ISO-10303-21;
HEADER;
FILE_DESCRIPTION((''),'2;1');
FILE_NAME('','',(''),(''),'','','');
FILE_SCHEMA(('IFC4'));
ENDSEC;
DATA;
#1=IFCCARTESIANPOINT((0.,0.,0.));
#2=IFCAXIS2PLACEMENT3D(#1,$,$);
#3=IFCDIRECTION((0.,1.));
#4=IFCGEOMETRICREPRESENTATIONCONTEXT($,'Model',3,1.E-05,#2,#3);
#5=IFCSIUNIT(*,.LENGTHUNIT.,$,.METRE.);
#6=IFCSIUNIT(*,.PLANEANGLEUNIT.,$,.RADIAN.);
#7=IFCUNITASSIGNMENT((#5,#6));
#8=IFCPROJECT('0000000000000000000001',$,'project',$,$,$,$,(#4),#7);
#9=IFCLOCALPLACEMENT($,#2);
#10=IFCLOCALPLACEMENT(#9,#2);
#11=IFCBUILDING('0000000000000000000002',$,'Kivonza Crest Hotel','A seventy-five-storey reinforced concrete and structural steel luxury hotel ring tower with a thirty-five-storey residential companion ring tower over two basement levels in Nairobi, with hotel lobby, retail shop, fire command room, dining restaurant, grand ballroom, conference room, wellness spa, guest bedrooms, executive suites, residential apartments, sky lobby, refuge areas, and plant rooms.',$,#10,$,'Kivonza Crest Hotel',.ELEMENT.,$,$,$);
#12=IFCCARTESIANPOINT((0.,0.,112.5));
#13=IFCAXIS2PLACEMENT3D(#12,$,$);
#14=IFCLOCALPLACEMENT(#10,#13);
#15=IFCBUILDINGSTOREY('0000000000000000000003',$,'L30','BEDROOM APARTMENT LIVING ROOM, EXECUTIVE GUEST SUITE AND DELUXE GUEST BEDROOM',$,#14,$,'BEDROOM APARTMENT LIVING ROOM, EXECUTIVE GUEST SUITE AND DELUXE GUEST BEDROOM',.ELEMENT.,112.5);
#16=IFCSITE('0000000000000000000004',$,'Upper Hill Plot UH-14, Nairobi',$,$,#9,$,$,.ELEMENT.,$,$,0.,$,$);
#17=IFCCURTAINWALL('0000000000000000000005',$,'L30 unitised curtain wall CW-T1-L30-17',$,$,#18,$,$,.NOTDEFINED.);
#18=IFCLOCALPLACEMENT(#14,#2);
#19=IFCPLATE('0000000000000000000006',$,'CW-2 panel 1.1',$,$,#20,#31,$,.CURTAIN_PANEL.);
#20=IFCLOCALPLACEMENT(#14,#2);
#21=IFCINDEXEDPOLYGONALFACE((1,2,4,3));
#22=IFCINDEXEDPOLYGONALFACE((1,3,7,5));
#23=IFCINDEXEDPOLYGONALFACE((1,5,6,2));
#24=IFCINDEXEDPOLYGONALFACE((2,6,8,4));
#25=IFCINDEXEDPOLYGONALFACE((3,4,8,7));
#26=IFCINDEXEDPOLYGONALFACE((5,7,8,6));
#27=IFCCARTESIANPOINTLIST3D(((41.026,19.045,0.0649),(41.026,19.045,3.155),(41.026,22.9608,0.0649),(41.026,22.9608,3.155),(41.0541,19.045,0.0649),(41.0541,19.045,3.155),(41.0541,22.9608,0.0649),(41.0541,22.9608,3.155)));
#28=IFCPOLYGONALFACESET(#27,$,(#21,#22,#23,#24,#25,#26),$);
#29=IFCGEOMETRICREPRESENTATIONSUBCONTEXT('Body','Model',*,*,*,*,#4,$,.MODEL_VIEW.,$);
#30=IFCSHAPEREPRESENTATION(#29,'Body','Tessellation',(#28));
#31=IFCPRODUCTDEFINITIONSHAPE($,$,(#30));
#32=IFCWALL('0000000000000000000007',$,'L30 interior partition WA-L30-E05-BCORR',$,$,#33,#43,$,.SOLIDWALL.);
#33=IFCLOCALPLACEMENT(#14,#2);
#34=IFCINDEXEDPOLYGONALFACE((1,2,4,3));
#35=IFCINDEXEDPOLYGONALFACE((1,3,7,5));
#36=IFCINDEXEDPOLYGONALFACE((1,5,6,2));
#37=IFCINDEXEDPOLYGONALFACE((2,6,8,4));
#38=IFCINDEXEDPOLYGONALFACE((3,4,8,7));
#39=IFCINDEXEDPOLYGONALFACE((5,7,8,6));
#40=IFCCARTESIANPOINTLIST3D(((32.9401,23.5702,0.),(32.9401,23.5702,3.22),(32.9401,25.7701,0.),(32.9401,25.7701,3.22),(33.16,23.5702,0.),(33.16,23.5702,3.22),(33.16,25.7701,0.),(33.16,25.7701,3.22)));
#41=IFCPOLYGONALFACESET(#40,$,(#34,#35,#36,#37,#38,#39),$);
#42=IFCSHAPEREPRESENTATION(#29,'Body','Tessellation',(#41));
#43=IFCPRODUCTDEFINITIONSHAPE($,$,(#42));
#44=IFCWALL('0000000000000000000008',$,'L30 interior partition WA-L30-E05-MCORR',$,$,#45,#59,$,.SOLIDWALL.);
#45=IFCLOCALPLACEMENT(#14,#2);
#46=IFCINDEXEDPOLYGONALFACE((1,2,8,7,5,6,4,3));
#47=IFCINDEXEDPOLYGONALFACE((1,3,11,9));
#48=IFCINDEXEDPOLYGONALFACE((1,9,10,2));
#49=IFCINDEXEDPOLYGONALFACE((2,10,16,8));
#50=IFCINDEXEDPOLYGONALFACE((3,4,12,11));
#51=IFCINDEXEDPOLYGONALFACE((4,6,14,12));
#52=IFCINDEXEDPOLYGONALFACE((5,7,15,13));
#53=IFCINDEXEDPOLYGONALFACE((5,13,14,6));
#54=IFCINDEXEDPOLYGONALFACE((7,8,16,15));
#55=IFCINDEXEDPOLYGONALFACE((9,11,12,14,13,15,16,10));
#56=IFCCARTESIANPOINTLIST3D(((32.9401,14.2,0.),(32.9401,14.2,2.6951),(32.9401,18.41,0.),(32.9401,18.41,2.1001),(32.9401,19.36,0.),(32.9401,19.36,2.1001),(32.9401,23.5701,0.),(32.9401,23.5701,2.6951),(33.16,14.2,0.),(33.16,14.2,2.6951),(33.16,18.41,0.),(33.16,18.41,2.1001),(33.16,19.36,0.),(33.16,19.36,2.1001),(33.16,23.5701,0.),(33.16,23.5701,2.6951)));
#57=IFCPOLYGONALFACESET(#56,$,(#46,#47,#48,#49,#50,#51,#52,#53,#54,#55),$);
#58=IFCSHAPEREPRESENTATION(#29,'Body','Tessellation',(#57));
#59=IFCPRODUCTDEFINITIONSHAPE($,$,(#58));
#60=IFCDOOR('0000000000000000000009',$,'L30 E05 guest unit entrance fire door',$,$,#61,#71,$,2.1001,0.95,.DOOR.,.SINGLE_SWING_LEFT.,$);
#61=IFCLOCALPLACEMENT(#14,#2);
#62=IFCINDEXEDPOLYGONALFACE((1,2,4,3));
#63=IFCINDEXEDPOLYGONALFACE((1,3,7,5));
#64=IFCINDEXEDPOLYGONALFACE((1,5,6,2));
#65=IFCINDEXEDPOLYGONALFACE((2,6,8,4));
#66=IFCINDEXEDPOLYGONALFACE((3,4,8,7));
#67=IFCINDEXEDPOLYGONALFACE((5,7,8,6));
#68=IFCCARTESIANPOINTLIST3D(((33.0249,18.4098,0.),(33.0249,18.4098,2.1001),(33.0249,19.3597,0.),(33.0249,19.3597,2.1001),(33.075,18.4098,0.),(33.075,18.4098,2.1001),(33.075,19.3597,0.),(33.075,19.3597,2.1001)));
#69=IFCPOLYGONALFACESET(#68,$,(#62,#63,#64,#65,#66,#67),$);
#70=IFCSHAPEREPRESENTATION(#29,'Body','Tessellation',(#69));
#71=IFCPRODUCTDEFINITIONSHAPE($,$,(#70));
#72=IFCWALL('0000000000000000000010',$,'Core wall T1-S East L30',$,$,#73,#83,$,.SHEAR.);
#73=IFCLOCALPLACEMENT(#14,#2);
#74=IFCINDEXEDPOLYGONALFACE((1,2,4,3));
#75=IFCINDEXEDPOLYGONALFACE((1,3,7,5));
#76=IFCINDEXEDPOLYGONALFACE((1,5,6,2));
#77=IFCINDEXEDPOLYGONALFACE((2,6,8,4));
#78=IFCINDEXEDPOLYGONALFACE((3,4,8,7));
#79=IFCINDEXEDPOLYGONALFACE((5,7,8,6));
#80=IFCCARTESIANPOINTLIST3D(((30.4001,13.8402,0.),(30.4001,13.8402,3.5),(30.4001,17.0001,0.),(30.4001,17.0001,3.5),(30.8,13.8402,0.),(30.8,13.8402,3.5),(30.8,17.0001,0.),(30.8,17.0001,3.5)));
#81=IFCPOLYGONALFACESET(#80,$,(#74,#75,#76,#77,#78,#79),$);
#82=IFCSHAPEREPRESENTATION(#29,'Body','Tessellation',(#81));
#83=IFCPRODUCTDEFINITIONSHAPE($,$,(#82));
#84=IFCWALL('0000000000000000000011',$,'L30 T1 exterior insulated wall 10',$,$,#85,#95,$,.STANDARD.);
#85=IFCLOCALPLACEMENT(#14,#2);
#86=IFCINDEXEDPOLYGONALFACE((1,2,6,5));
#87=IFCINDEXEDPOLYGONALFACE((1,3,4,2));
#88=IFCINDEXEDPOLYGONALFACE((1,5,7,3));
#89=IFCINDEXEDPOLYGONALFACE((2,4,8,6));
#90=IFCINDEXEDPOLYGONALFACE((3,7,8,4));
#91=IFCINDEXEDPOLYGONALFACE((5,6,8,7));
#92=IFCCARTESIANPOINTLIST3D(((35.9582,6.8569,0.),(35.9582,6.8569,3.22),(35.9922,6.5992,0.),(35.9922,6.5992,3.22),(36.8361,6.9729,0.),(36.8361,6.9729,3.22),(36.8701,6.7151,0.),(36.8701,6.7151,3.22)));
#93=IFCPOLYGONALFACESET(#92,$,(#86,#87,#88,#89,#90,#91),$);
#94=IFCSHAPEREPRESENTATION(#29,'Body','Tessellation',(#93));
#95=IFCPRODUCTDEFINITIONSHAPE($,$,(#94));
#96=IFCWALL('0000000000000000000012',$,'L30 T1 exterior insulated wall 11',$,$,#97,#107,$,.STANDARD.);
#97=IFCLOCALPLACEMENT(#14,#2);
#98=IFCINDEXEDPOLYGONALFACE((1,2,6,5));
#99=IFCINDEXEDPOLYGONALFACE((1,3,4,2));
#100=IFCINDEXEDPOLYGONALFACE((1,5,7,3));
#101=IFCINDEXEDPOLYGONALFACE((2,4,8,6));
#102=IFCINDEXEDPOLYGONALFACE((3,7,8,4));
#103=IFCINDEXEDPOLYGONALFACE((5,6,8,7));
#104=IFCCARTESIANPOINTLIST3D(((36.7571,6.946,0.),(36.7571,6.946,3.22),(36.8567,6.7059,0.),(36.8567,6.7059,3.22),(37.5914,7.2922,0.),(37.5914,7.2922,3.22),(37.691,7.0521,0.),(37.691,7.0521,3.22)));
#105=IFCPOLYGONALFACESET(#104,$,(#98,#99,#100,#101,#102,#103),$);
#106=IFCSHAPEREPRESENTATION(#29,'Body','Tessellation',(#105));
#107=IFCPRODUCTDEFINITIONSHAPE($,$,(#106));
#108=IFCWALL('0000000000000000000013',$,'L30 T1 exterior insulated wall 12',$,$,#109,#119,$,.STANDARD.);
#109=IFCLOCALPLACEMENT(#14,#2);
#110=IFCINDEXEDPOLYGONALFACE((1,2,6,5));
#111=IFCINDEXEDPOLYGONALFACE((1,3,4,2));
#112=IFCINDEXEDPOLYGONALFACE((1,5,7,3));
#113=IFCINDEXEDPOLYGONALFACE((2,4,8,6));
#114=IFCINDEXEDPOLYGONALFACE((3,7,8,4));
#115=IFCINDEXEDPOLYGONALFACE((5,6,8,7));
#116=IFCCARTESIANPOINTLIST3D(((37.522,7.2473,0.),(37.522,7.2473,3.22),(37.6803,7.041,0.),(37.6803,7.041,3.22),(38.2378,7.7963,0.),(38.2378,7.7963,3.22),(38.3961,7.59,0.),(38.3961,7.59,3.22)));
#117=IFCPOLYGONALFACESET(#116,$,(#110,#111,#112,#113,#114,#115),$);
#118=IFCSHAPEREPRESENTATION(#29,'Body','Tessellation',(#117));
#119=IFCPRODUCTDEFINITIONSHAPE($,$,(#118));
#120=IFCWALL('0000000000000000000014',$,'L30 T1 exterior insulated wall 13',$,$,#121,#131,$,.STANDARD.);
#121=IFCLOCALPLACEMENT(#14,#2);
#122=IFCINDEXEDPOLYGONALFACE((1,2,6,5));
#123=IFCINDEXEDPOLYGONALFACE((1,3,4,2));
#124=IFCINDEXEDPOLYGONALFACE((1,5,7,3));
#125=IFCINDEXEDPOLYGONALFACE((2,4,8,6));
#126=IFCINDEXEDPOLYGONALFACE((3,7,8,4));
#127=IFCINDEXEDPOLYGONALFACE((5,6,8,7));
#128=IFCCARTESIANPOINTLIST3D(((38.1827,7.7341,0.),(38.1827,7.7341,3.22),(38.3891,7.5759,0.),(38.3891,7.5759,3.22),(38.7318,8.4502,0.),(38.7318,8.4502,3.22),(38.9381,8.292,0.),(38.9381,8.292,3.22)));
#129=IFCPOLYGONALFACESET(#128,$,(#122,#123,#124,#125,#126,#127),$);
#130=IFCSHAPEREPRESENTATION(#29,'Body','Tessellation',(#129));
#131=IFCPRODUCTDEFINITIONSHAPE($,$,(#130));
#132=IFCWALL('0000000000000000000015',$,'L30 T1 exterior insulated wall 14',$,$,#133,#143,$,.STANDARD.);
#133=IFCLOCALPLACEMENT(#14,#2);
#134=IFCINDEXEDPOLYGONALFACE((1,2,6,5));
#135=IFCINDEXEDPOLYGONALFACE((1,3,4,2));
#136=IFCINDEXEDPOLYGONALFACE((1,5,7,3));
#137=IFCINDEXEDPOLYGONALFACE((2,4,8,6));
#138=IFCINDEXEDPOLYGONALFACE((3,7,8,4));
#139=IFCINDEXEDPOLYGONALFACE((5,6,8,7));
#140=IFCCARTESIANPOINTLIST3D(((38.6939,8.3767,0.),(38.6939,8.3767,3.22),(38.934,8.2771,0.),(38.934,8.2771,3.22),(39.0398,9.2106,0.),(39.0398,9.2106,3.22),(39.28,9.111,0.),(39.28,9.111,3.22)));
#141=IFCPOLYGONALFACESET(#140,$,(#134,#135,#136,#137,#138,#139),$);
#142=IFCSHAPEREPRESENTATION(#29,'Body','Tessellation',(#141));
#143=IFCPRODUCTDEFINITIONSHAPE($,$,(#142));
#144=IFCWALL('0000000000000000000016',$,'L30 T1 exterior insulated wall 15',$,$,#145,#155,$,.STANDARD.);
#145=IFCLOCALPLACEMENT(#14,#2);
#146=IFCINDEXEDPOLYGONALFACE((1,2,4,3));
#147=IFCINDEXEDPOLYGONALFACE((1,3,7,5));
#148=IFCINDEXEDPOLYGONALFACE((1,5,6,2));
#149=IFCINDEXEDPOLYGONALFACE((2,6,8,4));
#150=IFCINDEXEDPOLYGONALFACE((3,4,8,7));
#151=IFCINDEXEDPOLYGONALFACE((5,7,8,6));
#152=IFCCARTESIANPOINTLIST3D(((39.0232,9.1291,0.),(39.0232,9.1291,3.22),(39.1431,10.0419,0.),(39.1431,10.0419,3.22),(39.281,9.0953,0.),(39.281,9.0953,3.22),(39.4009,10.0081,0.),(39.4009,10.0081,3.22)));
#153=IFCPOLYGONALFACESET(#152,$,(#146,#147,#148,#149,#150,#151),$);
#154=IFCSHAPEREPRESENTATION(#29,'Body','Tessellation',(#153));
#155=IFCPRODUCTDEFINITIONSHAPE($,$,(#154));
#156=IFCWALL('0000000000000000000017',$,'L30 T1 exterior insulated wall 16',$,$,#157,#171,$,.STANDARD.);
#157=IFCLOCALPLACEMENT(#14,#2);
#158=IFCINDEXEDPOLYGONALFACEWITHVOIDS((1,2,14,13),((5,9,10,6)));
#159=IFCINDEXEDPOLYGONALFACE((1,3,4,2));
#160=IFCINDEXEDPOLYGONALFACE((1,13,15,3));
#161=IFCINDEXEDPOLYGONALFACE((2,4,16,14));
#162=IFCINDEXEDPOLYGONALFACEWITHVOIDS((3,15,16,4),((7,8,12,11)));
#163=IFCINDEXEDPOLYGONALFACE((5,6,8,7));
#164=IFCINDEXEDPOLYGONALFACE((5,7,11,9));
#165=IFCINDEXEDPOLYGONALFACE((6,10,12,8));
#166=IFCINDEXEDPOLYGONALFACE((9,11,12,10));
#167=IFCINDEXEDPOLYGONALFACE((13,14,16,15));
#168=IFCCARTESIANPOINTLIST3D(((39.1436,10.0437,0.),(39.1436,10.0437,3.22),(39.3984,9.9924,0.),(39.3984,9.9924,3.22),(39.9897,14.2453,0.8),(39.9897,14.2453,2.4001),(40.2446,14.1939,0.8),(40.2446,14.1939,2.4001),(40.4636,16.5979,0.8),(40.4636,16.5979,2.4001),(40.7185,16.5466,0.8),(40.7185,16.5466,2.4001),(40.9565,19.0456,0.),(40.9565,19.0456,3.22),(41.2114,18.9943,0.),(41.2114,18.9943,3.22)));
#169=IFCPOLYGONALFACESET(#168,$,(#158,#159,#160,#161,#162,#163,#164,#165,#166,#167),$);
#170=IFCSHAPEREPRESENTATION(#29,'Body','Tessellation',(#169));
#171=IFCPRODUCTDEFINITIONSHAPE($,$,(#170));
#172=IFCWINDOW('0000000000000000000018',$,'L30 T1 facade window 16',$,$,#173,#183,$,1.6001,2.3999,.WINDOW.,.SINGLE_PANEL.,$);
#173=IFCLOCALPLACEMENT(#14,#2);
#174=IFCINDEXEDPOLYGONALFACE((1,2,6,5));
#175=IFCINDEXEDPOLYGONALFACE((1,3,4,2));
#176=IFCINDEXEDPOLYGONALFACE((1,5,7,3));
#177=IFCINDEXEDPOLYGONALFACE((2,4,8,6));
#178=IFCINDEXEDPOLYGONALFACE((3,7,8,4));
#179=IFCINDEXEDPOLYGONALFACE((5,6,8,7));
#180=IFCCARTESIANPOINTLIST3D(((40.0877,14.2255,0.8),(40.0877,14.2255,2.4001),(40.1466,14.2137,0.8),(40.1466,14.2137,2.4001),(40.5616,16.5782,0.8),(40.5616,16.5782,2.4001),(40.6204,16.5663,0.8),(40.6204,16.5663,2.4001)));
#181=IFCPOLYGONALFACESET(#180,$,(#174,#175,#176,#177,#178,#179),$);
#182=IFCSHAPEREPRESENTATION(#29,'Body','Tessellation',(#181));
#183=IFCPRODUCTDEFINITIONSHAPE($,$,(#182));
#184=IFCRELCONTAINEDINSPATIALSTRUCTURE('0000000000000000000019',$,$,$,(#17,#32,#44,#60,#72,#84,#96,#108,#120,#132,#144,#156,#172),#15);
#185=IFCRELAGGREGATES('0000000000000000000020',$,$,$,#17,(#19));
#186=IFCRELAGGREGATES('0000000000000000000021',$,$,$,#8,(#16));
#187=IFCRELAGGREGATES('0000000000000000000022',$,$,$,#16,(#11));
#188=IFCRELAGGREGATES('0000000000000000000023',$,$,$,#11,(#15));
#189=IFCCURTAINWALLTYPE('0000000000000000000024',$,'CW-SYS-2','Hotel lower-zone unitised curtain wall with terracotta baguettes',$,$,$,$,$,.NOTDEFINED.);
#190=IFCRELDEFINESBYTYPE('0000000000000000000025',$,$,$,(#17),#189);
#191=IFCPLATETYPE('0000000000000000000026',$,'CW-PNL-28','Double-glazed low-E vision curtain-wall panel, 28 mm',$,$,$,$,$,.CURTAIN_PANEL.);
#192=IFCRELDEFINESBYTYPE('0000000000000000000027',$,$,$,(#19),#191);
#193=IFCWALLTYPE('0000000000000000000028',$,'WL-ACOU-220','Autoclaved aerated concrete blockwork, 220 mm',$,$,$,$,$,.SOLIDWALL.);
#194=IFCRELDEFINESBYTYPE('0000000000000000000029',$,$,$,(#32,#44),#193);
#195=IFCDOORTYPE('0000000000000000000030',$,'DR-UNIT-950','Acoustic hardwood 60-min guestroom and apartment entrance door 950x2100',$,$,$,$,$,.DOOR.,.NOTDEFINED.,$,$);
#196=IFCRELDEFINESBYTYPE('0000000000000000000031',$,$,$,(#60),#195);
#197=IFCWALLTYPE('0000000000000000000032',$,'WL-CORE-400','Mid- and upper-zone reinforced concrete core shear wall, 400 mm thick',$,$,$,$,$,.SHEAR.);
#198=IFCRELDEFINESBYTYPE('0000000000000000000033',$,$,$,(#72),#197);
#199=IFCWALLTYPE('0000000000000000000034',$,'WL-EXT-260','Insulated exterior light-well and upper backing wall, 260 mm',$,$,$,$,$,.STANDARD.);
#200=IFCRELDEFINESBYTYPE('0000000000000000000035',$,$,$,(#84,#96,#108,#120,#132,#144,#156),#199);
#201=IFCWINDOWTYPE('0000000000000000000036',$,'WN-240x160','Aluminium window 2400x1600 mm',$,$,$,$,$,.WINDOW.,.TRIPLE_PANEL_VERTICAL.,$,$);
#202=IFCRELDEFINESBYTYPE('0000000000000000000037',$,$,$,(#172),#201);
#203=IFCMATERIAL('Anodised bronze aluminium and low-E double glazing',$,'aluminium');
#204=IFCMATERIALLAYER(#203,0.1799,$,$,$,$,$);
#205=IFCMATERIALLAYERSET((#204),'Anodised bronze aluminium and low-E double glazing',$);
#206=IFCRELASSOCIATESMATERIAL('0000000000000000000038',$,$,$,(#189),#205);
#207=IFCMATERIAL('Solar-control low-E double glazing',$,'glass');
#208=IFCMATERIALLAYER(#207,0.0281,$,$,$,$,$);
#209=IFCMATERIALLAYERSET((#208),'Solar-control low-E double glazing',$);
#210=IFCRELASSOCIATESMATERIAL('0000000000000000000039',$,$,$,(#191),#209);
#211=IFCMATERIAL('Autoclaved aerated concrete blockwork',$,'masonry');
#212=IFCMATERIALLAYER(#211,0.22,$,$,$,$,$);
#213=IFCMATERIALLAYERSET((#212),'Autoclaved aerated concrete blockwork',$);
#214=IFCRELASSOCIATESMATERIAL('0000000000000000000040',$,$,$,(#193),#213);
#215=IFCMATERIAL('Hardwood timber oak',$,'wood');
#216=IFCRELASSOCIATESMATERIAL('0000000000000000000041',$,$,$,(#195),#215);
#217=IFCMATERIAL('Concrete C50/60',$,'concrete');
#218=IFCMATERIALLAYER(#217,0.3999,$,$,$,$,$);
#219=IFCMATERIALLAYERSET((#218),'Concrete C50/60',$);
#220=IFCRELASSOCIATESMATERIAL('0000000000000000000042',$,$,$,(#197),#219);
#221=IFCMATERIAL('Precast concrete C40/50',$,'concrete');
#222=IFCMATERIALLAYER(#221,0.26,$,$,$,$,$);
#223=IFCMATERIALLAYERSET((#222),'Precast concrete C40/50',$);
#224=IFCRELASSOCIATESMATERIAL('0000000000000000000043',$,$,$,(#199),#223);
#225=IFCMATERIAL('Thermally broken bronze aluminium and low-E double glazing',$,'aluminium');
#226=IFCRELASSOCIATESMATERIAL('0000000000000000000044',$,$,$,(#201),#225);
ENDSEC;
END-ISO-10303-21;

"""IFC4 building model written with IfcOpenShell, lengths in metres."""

from ifc_helpers import new_model, si_unit, direction, frame, frame_2d, origin, origin_2d, place, context, subcontext, project, spatial, rectangle, extrude, material, layer, layer_set, type_object, element, fill, aggregate, save


model = new_model("IFC4")

# Units and contexts
model_context = context("Model", 3, precision=1e-05, world=origin(), true_north=direction((0.0, 1.0)))
body_context = subcontext(model_context, "Body", "Model", "MODEL_VIEW")
ifc_project = project(units=[si_unit("LENGTHUNIT", "METRE"), si_unit("PLANEANGLEUNIT", "RADIAN")], contexts=[model_context])

# Site, building, storey
site_placement = place(None, origin())
site = spatial("IfcSite", under=ifc_project, at=site_placement, Name="Upper Hill Plot UH-14, Nairobi", CompositionType="ELEMENT", RefElevation=0.0)
building_placement = place(site_placement, origin())
building = spatial("IfcBuilding", under=site, at=building_placement, Name="Kivonza Crest Hotel", Description="A seventy-five-storey reinforced concrete and structural steel luxury hotel ring tower with a thirty-five-storey residential companion ring tower over two basement levels in Nairobi, with hotel lobby, retail shop, fire command room, dining restaurant, grand ballroom, conference room, wellness spa, guest bedrooms, executive suites, residential apartments, sky lobby, refuge areas, and plant rooms.", LongName="Kivonza Crest Hotel", CompositionType="ELEMENT")
storey_placement = place(building_placement, frame((0.0, 0.0, 112.5)))
storey = spatial("IfcBuildingStorey", under=building, at=storey_placement, Name="L30", Description="BEDROOM APARTMENT LIVING ROOM, EXECUTIVE GUEST SUITE AND DELUXE GUEST BEDROOM", LongName="BEDROOM APARTMENT LIVING ROOM, EXECUTIVE GUEST SUITE AND DELUXE GUEST BEDROOM", CompositionType="ELEMENT", Elevation=112.5)

# Shared definitions
ifc_material_1 = material(Name="Concrete C50/60", Category="concrete")

# Curtain wall
ifc_material_2 = material(Name="Anodised bronze aluminium and low-E double glazing", Category="aluminium")
ifc_layer_1 = layer(ifc_material_2, 0.1799)
ifc_layer_set_1 = layer_set([ifc_layer_1], Name="Anodised bronze aluminium and low-E double glazing")
curtain_wall_type_1 = type_object("IfcCurtainWallType", Name="CW-SYS-2", Description="Hotel lower-zone unitised curtain wall with terracotta baguettes", PredefinedType="NOTDEFINED", material=ifc_layer_set_1)
curtain_wall_1_placement = place(storey_placement, origin())
curtain_wall_1 = element("IfcCurtainWall", 1, at=curtain_wall_1_placement, inside=storey, type_object=curtain_wall_type_1, Name="L30 unitised curtain wall CW-T1-L30-17", PredefinedType="NOTDEFINED")

# Plate
ifc_material_3 = material(Name="Solar-control low-E double glazing", Category="glass")
ifc_layer_2 = layer(ifc_material_3, 0.0281)
ifc_layer_set_2 = layer_set([ifc_layer_2], Name="Solar-control low-E double glazing")
plate_type = type_object("IfcPlateType", Name="CW-PNL-28", Description="Double-glazed low-E vision curtain-wall panel, 28 mm", PredefinedType="CURTAIN_PANEL", material=ifc_layer_set_2)
plate_placement = place(storey_placement, frame((41.04, 21.0029, 0.0649), z_axis=(0.0, 0.0, 1.0), x_axis=(0.0, 1.0, 0.0)))
plate = element("IfcPlate", 2, at=plate_placement, type_object=plate_type, Name="CW-2 panel 1.1", PredefinedType="CURTAIN_PANEL", context=body_context, shape_type="SweptSolid", body=[
    extrude(rectangle(XDim=3.9158, YDim=0.0281, at=origin_2d()), origin(), (0.0, 0.0, 1.0), 3.0901),
])
aggregate(curtain_wall_1, [plate])

# Wall
ifc_material_4 = material(Name="Autoclaved aerated concrete blockwork", Category="masonry")
ifc_layer_3 = layer(ifc_material_4, 0.22)
ifc_layer_set_3 = layer_set([ifc_layer_3], Name="Autoclaved aerated concrete blockwork")
wall_type_1 = type_object("IfcWallType", Name="WL-ACOU-220", Description="Autoclaved aerated concrete blockwork, 220 mm", PredefinedType="SOLIDWALL", material=ifc_layer_set_3)
wall_1_placement = place(storey_placement, frame((33.05, 23.5701, 0.0), z_axis=(0.0, 0.0, 1.0), x_axis=(0.0, 1.0, 0.0)))
element("IfcWall", 3, at=wall_1_placement, inside=storey, type_object=wall_type_1, Name="L30 interior partition WA-L30-E05-BCORR", PredefinedType="SOLIDWALL", context=body_context, shape_type="SweptSolid", body=[
    extrude(rectangle(XDim=2.2, YDim=0.22, at=frame_2d((1.1001, 0.0))), origin(), (0.0, 0.0, 1.0), 3.22),
])

# Wall, opening, door
wall_2_placement = place(storey_placement, frame((33.05, 14.2, 0.0), z_axis=(0.0, 0.0, 1.0), x_axis=(0.0, 1.0, 0.0)))
wall_2 = element("IfcWall", 4, at=wall_2_placement, inside=storey, type_object=wall_type_1, Name="L30 interior partition WA-L30-E05-MCORR", PredefinedType="SOLIDWALL", context=body_context, shape_type="SweptSolid", body=[
    extrude(rectangle(XDim=9.3701, YDim=0.22, at=frame_2d((4.6851, 0.0))), origin(), (0.0, 0.0, 1.0), 2.6951),
])
opening_1_placement = place(wall_2_placement, frame((4.21, 0.0, 0.0)))
opening_1 = element("IfcOpeningElement", 5, at=opening_1_placement, cuts=wall_2, PredefinedType="OPENING", context=body_context, shape_type="SweptSolid", body=[
    extrude(rectangle(XDim=0.95, YDim=2.1001, at=frame_2d((0.4751, 1.05))), frame((0.0, 0.1201, 0.0), z_axis=(0.0, -1.0, 0.0), x_axis=(1.0, 0.0, 0.0)), (0.0, 0.0, 1.0), 0.24),
])
ifc_material_5 = material(Name="Hardwood timber oak", Category="wood")
door_type_1 = type_object("IfcDoorType", Name="DR-UNIT-950", Description="Acoustic hardwood 60-min guestroom and apartment entrance door 950x2100", OperationType="NOTDEFINED", PredefinedType="DOOR", material=ifc_material_5)
door_1_placement = place(opening_1_placement, frame((0.95, 0.0, 0.0), z_axis=(0.0, 0.0, 1.0), x_axis=(-1.0, 0.0, 0.0)))
door_1 = element("IfcDoor", 6, at=door_1_placement, inside=storey, type_object=door_type_1, Name="L30 E05 guest unit entrance fire door", OperationType="SINGLE_SWING_LEFT", OverallHeight=2.1001, OverallWidth=0.95, PredefinedType="DOOR", context=body_context, shape_type="SweptSolid", body=[
    extrude(rectangle(XDim=0.95, YDim=2.1001, at=frame_2d((0.4751, 1.05))), frame((0.0, 0.0249, 0.0), z_axis=(0.0, -1.0, 0.0), x_axis=(1.0, 0.0, 0.0)), (0.0, 0.0, 1.0), 0.05),
])
fill(opening_1, door_1)

# Walls
ifc_layer_4 = layer(ifc_material_1, 0.3999)
ifc_layer_set_4 = layer_set([ifc_layer_4], Name="Concrete C50/60")
wall_type_2 = type_object("IfcWallType", Name="WL-CORE-400", Description="Mid- and upper-zone reinforced concrete core shear wall, 400 mm thick", PredefinedType="SHEAR", material=ifc_layer_set_4)
wall_3_placement = place(storey_placement, frame((30.6001, 13.8401, 0.0), z_axis=(0.0, 0.0, 1.0), x_axis=(0.0, 1.0, 0.0)))
element("IfcWall", 7, at=wall_3_placement, inside=storey, type_object=wall_type_2, Name="Core wall T1-S East L30", PredefinedType="SHEAR", context=body_context, shape_type="SweptSolid", body=[
    extrude(rectangle(XDim=3.1599, YDim=0.3999, at=frame_2d((1.5801, 0.0))), origin(), (0.0, 0.0, 1.0), 3.5),
])
ifc_material_6 = material(Name="Precast concrete C40/50", Category="concrete")
ifc_layer_5 = layer(ifc_material_6, 0.26)
ifc_layer_set_5 = layer_set([ifc_layer_5], Name="Precast concrete C40/50")
wall_type_3 = type_object("IfcWallType", Name="WL-EXT-260", Description="Insulated exterior light-well and upper backing wall, 260 mm", PredefinedType="STANDARD", material=ifc_layer_set_5)
wall_4_placement = place(storey_placement, frame((35.9751, 6.728, 0.0), z_axis=(0.0, 0.0, 1.0), x_axis=(0.991388, 0.130954, 0.0)))
element("IfcWall", 8, at=wall_4_placement, inside=storey, type_object=wall_type_3, Name="L30 T1 exterior insulated wall 10", PredefinedType="STANDARD", context=body_context, shape_type="SweptSolid", body=[
    extrude(rectangle(XDim=0.8855, YDim=0.26, at=frame_2d((0.4429, 0.0))), origin(), (0.0, 0.0, 1.0), 3.22),
])
wall_5_placement = place(storey_placement, frame((36.8069, 6.8259, 0.0), z_axis=(0.0, 0.0, 1.0), x_axis=(0.923628, 0.383291, 0.0)))
element("IfcWall", 9, at=wall_5_placement, inside=storey, type_object=wall_type_3, Name="L30 T1 exterior insulated wall 11", PredefinedType="STANDARD", context=body_context, shape_type="SweptSolid", body=[
    extrude(rectangle(XDim=0.9033, YDim=0.26, at=frame_2d((0.4517, 0.0))), origin(), (0.0, 0.0, 1.0), 3.22),
])
wall_6_placement = place(storey_placement, frame((37.6011, 7.144, 0.0), z_axis=(0.0, 0.0, 1.0), x_axis=(0.793458, 0.608625, 0.0)))
element("IfcWall", 10, at=wall_6_placement, inside=storey, type_object=wall_type_3, Name="L30 T1 exterior insulated wall 12", PredefinedType="STANDARD", context=body_context, shape_type="SweptSolid", body=[
    extrude(rectangle(XDim=0.9021, YDim=0.26, at=frame_2d((0.4512, 0.0))), origin(), (0.0, 0.0, 1.0), 3.22),
])
wall_7_placement = place(storey_placement, frame((38.2859, 7.655, 0.0), z_axis=(0.0, 0.0, 1.0), x_axis=(0.608494, 0.793558, 0.0)))
element("IfcWall", 11, at=wall_7_placement, inside=storey, type_object=wall_type_3, Name="L30 T1 exterior insulated wall 13", PredefinedType="STANDARD", context=body_context, shape_type="SweptSolid", body=[
    extrude(rectangle(XDim=0.9023, YDim=0.26, at=frame_2d((0.4512, 0.0))), origin(), (0.0, 0.0, 1.0), 3.22),
])
wall_8_placement = place(storey_placement, frame((38.814, 8.3269, 0.0), z_axis=(0.0, 0.0, 1.0), x_axis=(0.383156, 0.923684, 0.0)))
element("IfcWall", 12, at=wall_8_placement, inside=storey, type_object=wall_type_3, Name="L30 T1 exterior insulated wall 14", PredefinedType="STANDARD", context=body_context, shape_type="SweptSolid", body=[
    extrude(rectangle(XDim=0.9028, YDim=0.26, at=frame_2d((0.4514, 0.0))), origin(), (0.0, 0.0, 1.0), 3.22),
])
wall_9_placement = place(storey_placement, frame((39.1521, 9.1121, 0.0), z_axis=(0.0, 0.0, 1.0), x_axis=(0.130201, 0.991488, 0.0)))
element("IfcWall", 13, at=wall_9_placement, inside=storey, type_object=wall_type_3, Name="L30 T1 exterior insulated wall 15", PredefinedType="STANDARD", context=body_context, shape_type="SweptSolid", body=[
    extrude(rectangle(XDim=0.9207, YDim=0.26, at=frame_2d((0.4604, 0.0))), origin(), (0.0, 0.0, 1.0), 3.22),
])

# Wall, opening, window
wall_10_placement = place(storey_placement, frame((39.271, 10.0181, 0.0), z_axis=(0.0, 0.0, 1.0), x_axis=(0.197435, 0.980316, 0.0)))
wall_10 = element("IfcWall", 14, at=wall_10_placement, inside=storey, type_object=wall_type_3, Name="L30 T1 exterior insulated wall 16", PredefinedType="STANDARD", context=body_context, shape_type="SweptSolid", body=[
    extrude(rectangle(XDim=9.1826, YDim=0.26, at=frame_2d((4.5913, 0.0))), origin(), (0.0, 0.0, 1.0), 3.22),
])
opening_2_placement = place(wall_10_placement, frame((4.2859, 0.0, 0.8)))
opening_2 = element("IfcOpeningElement", 15, at=opening_2_placement, cuts=wall_10, PredefinedType="OPENING", context=body_context, shape_type="SweptSolid", body=[
    extrude(rectangle(XDim=2.3999, YDim=1.6001, at=frame_2d((1.2, 0.8))), frame((0.0, 0.1401, 0.0), z_axis=(0.0, -1.0, 0.0), x_axis=(1.0, 0.0, 0.0)), (0.0, 0.0, 1.0), 0.28),
])
ifc_material_7 = material(Name="Thermally broken bronze aluminium and low-E double glazing", Category="aluminium")
window_type = type_object("IfcWindowType", Name="WN-240x160", Description="Aluminium window 2400x1600 mm", PartitioningType="TRIPLE_PANEL_VERTICAL", PredefinedType="WINDOW", material=ifc_material_7)
window_placement = place(opening_2_placement, origin())
window = element("IfcWindow", 16, at=window_placement, inside=storey, type_object=window_type, Name="L30 T1 facade window 16", OverallHeight=1.6001, OverallWidth=2.3999, PartitioningType="SINGLE_PANEL", PredefinedType="WINDOW", context=body_context, shape_type="SweptSolid", body=[
    extrude(rectangle(XDim=2.3999, YDim=1.6001, at=frame_2d((1.2, 0.8))), frame((0.0, 0.03, 0.0), z_axis=(0.0, -1.0, 0.0), x_axis=(1.0, 0.0, 0.0)), (0.0, 0.0, 1.0), 0.0601),
])
fill(opening_2, window)

save(model, "model.ifc")
